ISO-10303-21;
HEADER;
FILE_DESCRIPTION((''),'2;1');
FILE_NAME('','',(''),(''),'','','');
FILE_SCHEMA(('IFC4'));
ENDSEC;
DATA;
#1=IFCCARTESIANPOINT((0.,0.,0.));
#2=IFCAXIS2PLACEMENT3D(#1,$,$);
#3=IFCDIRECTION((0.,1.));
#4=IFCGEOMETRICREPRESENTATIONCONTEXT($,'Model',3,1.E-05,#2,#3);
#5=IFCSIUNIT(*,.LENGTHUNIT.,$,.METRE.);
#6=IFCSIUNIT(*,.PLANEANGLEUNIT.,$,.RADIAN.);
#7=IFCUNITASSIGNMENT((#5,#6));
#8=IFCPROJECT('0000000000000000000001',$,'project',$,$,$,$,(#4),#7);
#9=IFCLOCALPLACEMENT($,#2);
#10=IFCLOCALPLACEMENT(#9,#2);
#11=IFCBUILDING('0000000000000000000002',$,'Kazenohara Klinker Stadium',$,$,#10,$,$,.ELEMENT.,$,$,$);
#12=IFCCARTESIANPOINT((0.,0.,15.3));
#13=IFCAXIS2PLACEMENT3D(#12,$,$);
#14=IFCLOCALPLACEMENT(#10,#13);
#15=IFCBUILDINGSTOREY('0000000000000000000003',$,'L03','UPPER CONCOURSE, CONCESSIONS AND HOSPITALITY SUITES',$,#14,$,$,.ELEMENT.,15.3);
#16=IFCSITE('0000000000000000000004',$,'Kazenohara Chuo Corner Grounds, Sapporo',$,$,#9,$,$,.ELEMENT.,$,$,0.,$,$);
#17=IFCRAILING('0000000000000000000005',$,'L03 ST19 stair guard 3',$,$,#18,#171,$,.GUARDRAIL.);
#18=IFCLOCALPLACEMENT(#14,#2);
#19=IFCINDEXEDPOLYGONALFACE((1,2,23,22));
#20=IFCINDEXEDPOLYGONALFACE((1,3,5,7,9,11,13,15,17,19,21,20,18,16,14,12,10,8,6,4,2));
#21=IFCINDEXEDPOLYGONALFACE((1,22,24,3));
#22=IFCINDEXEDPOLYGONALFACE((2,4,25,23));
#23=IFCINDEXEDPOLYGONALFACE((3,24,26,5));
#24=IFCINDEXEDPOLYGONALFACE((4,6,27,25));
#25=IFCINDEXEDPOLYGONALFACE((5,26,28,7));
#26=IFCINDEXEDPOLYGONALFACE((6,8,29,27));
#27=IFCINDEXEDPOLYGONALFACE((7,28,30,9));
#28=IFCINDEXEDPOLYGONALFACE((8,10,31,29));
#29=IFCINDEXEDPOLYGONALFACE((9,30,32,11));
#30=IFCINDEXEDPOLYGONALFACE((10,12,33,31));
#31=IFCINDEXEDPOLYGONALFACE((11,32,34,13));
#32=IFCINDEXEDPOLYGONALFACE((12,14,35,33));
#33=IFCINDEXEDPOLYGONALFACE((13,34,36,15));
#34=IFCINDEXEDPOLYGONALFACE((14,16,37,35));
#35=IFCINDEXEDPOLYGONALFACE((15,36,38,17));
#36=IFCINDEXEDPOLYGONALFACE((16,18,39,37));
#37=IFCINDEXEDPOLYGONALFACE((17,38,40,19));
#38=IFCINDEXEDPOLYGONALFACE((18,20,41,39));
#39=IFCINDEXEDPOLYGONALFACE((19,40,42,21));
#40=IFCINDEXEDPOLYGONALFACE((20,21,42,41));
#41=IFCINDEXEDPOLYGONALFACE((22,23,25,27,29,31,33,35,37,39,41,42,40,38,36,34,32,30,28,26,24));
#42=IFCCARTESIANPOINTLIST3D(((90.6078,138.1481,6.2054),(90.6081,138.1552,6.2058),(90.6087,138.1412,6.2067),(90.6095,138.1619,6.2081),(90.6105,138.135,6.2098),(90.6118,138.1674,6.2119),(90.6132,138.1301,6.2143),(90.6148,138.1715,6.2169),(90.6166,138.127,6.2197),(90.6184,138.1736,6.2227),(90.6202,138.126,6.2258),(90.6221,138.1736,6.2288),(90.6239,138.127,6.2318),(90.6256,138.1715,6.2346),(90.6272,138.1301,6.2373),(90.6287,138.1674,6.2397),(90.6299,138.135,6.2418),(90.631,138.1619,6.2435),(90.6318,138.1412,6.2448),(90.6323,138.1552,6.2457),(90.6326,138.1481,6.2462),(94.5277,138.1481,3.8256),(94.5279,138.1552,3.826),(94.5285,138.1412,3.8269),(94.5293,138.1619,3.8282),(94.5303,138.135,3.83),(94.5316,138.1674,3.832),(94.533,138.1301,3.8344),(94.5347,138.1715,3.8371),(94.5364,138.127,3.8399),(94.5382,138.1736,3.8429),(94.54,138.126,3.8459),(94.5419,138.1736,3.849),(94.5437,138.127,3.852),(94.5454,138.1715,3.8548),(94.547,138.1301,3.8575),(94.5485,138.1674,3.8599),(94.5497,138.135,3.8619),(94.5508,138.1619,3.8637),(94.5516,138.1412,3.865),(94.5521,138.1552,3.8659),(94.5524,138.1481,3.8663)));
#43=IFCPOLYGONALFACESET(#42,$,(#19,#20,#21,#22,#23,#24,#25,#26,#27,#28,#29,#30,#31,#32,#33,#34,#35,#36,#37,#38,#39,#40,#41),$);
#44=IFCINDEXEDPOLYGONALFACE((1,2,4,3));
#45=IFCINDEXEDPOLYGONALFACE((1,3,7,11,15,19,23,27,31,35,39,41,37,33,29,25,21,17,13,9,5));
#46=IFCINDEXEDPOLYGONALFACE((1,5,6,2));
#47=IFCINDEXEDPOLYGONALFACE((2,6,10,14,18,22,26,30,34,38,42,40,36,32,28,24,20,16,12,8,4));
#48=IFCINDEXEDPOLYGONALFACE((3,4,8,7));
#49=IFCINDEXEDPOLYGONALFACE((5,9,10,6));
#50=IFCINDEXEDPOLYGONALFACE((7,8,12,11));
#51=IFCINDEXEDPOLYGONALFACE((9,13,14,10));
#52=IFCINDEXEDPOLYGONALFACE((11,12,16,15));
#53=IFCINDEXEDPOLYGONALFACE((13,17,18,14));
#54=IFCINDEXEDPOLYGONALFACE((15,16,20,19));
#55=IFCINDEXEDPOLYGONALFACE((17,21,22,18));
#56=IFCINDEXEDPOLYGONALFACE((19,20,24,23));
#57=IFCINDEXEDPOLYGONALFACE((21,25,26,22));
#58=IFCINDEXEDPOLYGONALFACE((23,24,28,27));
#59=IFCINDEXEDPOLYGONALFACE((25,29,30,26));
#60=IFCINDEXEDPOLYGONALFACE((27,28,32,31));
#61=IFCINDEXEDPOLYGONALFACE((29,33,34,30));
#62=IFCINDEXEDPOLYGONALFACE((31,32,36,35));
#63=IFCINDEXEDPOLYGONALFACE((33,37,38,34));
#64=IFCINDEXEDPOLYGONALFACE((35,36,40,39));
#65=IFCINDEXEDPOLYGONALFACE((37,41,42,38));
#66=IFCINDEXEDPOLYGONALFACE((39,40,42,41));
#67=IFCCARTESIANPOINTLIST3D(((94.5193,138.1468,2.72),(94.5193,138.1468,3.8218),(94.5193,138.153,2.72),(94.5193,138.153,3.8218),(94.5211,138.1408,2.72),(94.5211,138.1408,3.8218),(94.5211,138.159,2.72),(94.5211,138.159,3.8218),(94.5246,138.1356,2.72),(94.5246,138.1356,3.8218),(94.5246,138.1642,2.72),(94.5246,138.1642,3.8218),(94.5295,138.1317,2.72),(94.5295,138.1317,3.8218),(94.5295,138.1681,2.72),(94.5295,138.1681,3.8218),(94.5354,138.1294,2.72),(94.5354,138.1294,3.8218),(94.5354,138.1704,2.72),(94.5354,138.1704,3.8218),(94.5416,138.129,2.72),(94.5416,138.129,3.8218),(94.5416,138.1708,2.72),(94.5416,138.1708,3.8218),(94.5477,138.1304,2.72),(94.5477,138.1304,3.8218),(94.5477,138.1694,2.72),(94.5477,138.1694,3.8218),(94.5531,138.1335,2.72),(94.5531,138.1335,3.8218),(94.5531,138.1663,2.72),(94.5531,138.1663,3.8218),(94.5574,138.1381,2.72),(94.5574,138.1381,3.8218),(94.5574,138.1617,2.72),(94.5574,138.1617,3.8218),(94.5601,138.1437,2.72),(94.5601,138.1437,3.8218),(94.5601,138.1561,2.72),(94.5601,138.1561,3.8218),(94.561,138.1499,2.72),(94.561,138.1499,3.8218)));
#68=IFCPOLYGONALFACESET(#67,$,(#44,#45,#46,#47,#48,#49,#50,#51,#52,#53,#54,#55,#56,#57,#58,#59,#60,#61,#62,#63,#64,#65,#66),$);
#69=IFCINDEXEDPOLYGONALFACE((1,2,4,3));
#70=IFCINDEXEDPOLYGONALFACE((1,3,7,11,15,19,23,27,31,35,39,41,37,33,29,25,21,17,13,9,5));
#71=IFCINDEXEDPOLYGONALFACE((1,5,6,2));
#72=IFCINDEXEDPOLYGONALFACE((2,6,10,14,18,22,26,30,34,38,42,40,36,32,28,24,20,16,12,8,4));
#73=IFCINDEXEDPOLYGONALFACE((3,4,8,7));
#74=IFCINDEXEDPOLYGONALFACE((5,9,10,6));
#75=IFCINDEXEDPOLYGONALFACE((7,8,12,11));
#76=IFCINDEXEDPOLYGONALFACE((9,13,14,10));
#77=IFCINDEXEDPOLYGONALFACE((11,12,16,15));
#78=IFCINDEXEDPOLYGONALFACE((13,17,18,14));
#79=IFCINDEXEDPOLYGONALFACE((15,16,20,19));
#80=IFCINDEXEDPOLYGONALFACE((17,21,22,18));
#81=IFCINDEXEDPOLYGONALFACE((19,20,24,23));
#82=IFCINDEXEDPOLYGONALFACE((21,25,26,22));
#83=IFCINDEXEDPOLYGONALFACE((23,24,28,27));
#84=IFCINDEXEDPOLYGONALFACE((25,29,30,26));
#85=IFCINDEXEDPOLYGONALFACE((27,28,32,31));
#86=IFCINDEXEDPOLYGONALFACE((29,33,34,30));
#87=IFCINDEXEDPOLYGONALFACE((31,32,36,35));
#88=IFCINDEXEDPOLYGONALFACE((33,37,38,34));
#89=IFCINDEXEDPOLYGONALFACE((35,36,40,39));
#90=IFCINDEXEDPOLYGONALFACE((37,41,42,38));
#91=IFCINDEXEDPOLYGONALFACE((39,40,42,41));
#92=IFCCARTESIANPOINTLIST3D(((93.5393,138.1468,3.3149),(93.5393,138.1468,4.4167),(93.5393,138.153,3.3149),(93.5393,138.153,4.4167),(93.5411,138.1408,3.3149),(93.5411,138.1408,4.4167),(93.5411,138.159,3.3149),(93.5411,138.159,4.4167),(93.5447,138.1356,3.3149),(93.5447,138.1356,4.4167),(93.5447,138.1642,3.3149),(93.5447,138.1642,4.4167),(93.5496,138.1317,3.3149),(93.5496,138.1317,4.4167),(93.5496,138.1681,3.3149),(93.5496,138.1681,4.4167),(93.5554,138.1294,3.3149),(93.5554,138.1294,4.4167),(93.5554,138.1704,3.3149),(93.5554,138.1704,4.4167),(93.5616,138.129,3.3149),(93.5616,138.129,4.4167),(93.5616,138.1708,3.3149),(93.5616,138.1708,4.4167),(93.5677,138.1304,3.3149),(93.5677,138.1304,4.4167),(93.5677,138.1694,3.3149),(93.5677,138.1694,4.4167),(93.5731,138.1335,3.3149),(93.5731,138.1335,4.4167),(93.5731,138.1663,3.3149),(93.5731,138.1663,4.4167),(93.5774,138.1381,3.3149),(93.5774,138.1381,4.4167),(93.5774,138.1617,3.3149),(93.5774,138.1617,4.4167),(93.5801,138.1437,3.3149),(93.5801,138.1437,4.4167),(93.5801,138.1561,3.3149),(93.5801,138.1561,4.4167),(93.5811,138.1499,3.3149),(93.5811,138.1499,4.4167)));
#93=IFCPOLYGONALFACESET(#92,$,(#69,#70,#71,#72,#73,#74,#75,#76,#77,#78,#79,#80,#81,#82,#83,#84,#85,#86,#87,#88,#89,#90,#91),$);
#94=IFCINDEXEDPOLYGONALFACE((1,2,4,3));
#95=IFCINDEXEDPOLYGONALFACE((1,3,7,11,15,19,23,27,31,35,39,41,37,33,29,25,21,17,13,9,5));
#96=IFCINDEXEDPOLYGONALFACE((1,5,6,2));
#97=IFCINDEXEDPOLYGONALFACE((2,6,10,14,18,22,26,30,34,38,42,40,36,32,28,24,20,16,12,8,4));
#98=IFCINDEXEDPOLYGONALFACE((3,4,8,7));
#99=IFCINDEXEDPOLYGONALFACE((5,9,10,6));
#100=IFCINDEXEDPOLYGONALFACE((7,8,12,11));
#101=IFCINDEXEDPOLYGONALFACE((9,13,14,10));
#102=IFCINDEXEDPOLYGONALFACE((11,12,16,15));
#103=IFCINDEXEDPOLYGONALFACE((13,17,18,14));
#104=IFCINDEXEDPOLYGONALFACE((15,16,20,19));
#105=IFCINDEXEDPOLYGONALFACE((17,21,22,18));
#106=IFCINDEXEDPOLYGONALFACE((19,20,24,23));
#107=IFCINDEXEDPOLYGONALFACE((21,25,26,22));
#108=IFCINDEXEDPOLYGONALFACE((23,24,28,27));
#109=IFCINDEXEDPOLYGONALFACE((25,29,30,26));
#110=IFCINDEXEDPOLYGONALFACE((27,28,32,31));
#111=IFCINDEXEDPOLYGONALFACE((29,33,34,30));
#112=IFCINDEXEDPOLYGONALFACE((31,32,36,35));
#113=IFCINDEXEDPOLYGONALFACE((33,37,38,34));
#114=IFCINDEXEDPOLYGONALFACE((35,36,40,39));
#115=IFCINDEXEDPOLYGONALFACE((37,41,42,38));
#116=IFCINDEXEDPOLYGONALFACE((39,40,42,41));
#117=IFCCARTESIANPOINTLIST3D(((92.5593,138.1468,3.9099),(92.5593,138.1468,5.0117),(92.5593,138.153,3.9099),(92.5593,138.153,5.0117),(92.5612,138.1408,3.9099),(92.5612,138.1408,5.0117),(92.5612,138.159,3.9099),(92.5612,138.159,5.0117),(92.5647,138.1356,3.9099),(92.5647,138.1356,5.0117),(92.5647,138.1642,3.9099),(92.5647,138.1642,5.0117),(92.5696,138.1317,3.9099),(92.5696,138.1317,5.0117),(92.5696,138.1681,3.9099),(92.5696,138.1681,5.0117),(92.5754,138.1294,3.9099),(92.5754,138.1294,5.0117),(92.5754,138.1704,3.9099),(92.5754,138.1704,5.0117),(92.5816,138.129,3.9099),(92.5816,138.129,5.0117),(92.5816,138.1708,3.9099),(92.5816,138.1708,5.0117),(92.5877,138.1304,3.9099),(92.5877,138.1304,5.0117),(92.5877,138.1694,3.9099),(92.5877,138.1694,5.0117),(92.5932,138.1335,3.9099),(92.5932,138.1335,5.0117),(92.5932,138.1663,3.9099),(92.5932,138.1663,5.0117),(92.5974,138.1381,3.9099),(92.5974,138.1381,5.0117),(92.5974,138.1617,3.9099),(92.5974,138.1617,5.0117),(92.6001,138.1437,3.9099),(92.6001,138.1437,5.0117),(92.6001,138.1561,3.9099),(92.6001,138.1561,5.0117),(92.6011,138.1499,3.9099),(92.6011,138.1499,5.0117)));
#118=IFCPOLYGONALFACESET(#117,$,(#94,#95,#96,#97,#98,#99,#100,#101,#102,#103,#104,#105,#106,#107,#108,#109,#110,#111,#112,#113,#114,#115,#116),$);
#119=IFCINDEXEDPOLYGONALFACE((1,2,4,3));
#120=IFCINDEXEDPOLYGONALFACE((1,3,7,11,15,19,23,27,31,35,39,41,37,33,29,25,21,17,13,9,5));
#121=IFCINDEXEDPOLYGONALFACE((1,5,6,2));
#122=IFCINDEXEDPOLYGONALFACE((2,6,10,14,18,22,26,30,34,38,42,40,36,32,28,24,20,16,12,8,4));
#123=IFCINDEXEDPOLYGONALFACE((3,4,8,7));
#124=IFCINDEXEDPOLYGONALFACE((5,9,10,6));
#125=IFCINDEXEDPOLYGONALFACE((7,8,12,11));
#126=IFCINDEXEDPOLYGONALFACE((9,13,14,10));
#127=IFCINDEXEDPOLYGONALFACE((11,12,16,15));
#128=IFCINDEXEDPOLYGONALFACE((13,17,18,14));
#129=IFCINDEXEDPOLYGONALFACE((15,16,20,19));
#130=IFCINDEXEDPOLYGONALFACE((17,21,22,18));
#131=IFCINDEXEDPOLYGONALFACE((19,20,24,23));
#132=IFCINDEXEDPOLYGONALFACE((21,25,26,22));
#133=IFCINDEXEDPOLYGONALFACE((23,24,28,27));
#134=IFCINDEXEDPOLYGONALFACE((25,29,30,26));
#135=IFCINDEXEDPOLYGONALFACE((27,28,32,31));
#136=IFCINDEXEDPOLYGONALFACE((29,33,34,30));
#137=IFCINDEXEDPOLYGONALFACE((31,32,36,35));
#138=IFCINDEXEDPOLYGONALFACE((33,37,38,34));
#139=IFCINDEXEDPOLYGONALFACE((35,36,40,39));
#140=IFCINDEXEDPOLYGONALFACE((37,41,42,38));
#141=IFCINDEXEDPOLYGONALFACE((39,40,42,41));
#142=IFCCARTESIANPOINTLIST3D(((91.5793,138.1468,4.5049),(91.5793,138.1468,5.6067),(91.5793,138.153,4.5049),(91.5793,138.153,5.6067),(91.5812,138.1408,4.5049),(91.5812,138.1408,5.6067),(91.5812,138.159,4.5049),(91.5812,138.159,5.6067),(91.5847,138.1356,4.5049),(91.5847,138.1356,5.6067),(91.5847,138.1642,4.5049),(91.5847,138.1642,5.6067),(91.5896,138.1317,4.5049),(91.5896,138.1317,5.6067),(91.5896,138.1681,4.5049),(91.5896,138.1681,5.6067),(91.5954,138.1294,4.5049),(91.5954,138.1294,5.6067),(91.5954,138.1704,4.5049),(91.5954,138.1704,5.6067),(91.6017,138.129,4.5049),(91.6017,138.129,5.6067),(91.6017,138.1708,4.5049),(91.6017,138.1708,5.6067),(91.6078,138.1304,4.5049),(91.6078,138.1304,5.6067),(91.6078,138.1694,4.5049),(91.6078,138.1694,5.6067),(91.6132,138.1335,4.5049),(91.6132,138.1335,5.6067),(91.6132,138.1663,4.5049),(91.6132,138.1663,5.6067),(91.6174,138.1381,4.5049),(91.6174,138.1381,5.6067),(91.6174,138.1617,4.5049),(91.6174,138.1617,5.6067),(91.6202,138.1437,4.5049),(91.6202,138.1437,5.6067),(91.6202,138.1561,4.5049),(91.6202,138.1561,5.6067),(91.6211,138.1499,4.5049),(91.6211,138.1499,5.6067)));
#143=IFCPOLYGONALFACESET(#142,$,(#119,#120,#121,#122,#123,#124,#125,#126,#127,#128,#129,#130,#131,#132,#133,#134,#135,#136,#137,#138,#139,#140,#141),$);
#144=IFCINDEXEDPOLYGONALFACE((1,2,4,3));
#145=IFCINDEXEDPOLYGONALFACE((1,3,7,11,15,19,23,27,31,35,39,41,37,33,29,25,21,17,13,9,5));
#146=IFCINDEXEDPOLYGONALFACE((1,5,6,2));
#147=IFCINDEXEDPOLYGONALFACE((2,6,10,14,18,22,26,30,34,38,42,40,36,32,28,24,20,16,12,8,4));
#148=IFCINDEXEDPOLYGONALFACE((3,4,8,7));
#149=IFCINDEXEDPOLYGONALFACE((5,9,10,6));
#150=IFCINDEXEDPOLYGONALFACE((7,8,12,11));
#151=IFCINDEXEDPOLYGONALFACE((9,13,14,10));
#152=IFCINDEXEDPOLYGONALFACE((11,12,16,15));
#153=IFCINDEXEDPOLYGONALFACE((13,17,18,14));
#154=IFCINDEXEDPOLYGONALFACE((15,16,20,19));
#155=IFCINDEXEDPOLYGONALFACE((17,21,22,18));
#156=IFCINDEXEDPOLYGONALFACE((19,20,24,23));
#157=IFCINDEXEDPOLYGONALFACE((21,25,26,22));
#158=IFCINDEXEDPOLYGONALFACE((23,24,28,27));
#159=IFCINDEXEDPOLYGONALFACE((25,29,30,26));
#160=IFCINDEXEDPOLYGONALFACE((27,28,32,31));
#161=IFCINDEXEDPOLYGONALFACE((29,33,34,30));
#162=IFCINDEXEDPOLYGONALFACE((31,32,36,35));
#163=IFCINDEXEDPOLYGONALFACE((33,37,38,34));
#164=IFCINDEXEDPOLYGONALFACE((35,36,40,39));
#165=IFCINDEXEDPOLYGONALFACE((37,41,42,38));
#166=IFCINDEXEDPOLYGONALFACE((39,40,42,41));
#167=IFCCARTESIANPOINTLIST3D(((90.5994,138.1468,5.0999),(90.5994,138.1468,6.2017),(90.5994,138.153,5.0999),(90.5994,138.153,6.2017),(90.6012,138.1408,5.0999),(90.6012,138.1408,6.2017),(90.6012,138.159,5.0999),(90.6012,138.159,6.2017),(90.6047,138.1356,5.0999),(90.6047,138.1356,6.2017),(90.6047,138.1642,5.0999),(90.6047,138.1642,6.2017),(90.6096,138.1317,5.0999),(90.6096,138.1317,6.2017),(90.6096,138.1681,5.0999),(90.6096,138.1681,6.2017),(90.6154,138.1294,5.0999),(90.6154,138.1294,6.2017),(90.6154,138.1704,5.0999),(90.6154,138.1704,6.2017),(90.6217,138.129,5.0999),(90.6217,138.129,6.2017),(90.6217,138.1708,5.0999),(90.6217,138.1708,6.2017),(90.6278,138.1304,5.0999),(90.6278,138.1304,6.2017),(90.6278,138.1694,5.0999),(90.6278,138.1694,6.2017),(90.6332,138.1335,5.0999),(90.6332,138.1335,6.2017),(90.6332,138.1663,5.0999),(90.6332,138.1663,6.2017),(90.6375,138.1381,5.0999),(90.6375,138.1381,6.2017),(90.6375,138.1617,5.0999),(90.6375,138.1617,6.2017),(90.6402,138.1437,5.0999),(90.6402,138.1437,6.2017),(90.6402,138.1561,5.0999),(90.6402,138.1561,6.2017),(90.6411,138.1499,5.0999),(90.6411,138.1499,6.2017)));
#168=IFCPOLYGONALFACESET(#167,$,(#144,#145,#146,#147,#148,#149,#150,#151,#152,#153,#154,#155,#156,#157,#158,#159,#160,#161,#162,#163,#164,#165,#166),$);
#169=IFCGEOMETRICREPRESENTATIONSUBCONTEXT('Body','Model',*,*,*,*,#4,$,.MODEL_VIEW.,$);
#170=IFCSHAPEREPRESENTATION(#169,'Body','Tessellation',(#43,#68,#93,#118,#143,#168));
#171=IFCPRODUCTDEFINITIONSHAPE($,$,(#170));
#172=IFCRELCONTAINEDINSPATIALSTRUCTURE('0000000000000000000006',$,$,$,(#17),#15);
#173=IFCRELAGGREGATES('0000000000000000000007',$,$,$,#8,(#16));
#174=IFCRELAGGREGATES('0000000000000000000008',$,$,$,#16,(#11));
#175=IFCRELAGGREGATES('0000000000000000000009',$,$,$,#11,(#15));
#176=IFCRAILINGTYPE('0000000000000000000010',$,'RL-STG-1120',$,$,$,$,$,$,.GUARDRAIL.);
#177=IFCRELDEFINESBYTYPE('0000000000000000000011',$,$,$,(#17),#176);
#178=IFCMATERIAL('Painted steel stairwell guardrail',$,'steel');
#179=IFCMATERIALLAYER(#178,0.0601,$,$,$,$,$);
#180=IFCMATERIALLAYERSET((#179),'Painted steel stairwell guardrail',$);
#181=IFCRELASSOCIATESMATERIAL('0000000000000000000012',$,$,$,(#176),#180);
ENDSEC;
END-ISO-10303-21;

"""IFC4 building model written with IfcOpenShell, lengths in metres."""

from ifc_helpers import new_model, si_unit, direction, frame, origin, origin_2d, place, context, subcontext, project, spatial, circle, extrude, material, layer, layer_set, type_object, element, save


model = new_model("IFC4")

# Units and contexts
model_context = context("Model", 3, precision=1e-05, world=origin(), true_north=direction((0.0, 1.0)))
body_context = subcontext(model_context, "Body", "Model", "MODEL_VIEW")
ifc_project = project(units=[si_unit("LENGTHUNIT", "METRE"), si_unit("PLANEANGLEUNIT", "RADIAN")], contexts=[model_context])

# Site, building, storey
site_placement = place(None, origin())
site = spatial("IfcSite", under=ifc_project, at=site_placement, Name="Kazenohara Chuo Corner Grounds, Sapporo", CompositionType="ELEMENT", RefElevation=0.0)
building_placement = place(site_placement, origin())
building = spatial("IfcBuilding", under=site, at=building_placement, Name="Kazenohara Klinker Stadium", CompositionType="ELEMENT")
storey_placement = place(building_placement, frame((0.0, 0.0, 15.3)))
storey = spatial("IfcBuildingStorey", under=building, at=storey_placement, Name="L03", Description="UPPER CONCOURSE, CONCESSIONS AND HOSPITALITY SUITES", CompositionType="ELEMENT", Elevation=15.3)

# Railing
ifc_material_1 = material(Name="Painted steel stairwell guardrail", Category="steel")
ifc_layer_1 = layer(ifc_material_1, 0.0601)
ifc_layer_set_1 = layer_set([ifc_layer_1], Name="Painted steel stairwell guardrail")
railing_type_1 = type_object("IfcRailingType", Name="RL-STG-1120", PredefinedType="GUARDRAIL", material=ifc_layer_set_1)
railing_1_placement = place(storey_placement, frame((94.54, 138.1499, 2.72)))
element("IfcRailing", 1, at=railing_1_placement, inside=storey, type_object=railing_type_1, Name="L03 ST19 stair guard 3", PredefinedType="GUARDRAIL", context=body_context, shape_type="SweptSolid", body=[
    extrude(circle(Radius=0.0239, at=origin_2d()), frame((0.0, 0.0, 1.126), z_axis=(-0.854794, 0.0, 0.518967), x_axis=(0.0, -1.0, 0.0)), (0.0, 0.0, 1.0), 4.5857),
    extrude(circle(Radius=0.021, at=origin_2d()), origin(), (0.0, 0.0, 1.0), 1.1018),
    extrude(circle(Radius=0.021, at=origin_2d()), frame((-0.98, 0.0, 0.595)), (0.0, 0.0, 1.0), 1.1018),
    extrude(circle(Radius=0.021, at=origin_2d()), frame((-1.96, 0.0, 1.1899)), (0.0, 0.0, 1.0), 1.1018),
    extrude(circle(Radius=0.021, at=origin_2d()), frame((-2.9399, 0.0, 1.7849)), (0.0, 0.0, 1.0), 1.1018),
    extrude(circle(Radius=0.021, at=origin_2d()), frame((-3.9199, 0.0, 2.3799)), (0.0, 0.0, 1.0), 1.1018),
])

save(model, "model.ifc")
